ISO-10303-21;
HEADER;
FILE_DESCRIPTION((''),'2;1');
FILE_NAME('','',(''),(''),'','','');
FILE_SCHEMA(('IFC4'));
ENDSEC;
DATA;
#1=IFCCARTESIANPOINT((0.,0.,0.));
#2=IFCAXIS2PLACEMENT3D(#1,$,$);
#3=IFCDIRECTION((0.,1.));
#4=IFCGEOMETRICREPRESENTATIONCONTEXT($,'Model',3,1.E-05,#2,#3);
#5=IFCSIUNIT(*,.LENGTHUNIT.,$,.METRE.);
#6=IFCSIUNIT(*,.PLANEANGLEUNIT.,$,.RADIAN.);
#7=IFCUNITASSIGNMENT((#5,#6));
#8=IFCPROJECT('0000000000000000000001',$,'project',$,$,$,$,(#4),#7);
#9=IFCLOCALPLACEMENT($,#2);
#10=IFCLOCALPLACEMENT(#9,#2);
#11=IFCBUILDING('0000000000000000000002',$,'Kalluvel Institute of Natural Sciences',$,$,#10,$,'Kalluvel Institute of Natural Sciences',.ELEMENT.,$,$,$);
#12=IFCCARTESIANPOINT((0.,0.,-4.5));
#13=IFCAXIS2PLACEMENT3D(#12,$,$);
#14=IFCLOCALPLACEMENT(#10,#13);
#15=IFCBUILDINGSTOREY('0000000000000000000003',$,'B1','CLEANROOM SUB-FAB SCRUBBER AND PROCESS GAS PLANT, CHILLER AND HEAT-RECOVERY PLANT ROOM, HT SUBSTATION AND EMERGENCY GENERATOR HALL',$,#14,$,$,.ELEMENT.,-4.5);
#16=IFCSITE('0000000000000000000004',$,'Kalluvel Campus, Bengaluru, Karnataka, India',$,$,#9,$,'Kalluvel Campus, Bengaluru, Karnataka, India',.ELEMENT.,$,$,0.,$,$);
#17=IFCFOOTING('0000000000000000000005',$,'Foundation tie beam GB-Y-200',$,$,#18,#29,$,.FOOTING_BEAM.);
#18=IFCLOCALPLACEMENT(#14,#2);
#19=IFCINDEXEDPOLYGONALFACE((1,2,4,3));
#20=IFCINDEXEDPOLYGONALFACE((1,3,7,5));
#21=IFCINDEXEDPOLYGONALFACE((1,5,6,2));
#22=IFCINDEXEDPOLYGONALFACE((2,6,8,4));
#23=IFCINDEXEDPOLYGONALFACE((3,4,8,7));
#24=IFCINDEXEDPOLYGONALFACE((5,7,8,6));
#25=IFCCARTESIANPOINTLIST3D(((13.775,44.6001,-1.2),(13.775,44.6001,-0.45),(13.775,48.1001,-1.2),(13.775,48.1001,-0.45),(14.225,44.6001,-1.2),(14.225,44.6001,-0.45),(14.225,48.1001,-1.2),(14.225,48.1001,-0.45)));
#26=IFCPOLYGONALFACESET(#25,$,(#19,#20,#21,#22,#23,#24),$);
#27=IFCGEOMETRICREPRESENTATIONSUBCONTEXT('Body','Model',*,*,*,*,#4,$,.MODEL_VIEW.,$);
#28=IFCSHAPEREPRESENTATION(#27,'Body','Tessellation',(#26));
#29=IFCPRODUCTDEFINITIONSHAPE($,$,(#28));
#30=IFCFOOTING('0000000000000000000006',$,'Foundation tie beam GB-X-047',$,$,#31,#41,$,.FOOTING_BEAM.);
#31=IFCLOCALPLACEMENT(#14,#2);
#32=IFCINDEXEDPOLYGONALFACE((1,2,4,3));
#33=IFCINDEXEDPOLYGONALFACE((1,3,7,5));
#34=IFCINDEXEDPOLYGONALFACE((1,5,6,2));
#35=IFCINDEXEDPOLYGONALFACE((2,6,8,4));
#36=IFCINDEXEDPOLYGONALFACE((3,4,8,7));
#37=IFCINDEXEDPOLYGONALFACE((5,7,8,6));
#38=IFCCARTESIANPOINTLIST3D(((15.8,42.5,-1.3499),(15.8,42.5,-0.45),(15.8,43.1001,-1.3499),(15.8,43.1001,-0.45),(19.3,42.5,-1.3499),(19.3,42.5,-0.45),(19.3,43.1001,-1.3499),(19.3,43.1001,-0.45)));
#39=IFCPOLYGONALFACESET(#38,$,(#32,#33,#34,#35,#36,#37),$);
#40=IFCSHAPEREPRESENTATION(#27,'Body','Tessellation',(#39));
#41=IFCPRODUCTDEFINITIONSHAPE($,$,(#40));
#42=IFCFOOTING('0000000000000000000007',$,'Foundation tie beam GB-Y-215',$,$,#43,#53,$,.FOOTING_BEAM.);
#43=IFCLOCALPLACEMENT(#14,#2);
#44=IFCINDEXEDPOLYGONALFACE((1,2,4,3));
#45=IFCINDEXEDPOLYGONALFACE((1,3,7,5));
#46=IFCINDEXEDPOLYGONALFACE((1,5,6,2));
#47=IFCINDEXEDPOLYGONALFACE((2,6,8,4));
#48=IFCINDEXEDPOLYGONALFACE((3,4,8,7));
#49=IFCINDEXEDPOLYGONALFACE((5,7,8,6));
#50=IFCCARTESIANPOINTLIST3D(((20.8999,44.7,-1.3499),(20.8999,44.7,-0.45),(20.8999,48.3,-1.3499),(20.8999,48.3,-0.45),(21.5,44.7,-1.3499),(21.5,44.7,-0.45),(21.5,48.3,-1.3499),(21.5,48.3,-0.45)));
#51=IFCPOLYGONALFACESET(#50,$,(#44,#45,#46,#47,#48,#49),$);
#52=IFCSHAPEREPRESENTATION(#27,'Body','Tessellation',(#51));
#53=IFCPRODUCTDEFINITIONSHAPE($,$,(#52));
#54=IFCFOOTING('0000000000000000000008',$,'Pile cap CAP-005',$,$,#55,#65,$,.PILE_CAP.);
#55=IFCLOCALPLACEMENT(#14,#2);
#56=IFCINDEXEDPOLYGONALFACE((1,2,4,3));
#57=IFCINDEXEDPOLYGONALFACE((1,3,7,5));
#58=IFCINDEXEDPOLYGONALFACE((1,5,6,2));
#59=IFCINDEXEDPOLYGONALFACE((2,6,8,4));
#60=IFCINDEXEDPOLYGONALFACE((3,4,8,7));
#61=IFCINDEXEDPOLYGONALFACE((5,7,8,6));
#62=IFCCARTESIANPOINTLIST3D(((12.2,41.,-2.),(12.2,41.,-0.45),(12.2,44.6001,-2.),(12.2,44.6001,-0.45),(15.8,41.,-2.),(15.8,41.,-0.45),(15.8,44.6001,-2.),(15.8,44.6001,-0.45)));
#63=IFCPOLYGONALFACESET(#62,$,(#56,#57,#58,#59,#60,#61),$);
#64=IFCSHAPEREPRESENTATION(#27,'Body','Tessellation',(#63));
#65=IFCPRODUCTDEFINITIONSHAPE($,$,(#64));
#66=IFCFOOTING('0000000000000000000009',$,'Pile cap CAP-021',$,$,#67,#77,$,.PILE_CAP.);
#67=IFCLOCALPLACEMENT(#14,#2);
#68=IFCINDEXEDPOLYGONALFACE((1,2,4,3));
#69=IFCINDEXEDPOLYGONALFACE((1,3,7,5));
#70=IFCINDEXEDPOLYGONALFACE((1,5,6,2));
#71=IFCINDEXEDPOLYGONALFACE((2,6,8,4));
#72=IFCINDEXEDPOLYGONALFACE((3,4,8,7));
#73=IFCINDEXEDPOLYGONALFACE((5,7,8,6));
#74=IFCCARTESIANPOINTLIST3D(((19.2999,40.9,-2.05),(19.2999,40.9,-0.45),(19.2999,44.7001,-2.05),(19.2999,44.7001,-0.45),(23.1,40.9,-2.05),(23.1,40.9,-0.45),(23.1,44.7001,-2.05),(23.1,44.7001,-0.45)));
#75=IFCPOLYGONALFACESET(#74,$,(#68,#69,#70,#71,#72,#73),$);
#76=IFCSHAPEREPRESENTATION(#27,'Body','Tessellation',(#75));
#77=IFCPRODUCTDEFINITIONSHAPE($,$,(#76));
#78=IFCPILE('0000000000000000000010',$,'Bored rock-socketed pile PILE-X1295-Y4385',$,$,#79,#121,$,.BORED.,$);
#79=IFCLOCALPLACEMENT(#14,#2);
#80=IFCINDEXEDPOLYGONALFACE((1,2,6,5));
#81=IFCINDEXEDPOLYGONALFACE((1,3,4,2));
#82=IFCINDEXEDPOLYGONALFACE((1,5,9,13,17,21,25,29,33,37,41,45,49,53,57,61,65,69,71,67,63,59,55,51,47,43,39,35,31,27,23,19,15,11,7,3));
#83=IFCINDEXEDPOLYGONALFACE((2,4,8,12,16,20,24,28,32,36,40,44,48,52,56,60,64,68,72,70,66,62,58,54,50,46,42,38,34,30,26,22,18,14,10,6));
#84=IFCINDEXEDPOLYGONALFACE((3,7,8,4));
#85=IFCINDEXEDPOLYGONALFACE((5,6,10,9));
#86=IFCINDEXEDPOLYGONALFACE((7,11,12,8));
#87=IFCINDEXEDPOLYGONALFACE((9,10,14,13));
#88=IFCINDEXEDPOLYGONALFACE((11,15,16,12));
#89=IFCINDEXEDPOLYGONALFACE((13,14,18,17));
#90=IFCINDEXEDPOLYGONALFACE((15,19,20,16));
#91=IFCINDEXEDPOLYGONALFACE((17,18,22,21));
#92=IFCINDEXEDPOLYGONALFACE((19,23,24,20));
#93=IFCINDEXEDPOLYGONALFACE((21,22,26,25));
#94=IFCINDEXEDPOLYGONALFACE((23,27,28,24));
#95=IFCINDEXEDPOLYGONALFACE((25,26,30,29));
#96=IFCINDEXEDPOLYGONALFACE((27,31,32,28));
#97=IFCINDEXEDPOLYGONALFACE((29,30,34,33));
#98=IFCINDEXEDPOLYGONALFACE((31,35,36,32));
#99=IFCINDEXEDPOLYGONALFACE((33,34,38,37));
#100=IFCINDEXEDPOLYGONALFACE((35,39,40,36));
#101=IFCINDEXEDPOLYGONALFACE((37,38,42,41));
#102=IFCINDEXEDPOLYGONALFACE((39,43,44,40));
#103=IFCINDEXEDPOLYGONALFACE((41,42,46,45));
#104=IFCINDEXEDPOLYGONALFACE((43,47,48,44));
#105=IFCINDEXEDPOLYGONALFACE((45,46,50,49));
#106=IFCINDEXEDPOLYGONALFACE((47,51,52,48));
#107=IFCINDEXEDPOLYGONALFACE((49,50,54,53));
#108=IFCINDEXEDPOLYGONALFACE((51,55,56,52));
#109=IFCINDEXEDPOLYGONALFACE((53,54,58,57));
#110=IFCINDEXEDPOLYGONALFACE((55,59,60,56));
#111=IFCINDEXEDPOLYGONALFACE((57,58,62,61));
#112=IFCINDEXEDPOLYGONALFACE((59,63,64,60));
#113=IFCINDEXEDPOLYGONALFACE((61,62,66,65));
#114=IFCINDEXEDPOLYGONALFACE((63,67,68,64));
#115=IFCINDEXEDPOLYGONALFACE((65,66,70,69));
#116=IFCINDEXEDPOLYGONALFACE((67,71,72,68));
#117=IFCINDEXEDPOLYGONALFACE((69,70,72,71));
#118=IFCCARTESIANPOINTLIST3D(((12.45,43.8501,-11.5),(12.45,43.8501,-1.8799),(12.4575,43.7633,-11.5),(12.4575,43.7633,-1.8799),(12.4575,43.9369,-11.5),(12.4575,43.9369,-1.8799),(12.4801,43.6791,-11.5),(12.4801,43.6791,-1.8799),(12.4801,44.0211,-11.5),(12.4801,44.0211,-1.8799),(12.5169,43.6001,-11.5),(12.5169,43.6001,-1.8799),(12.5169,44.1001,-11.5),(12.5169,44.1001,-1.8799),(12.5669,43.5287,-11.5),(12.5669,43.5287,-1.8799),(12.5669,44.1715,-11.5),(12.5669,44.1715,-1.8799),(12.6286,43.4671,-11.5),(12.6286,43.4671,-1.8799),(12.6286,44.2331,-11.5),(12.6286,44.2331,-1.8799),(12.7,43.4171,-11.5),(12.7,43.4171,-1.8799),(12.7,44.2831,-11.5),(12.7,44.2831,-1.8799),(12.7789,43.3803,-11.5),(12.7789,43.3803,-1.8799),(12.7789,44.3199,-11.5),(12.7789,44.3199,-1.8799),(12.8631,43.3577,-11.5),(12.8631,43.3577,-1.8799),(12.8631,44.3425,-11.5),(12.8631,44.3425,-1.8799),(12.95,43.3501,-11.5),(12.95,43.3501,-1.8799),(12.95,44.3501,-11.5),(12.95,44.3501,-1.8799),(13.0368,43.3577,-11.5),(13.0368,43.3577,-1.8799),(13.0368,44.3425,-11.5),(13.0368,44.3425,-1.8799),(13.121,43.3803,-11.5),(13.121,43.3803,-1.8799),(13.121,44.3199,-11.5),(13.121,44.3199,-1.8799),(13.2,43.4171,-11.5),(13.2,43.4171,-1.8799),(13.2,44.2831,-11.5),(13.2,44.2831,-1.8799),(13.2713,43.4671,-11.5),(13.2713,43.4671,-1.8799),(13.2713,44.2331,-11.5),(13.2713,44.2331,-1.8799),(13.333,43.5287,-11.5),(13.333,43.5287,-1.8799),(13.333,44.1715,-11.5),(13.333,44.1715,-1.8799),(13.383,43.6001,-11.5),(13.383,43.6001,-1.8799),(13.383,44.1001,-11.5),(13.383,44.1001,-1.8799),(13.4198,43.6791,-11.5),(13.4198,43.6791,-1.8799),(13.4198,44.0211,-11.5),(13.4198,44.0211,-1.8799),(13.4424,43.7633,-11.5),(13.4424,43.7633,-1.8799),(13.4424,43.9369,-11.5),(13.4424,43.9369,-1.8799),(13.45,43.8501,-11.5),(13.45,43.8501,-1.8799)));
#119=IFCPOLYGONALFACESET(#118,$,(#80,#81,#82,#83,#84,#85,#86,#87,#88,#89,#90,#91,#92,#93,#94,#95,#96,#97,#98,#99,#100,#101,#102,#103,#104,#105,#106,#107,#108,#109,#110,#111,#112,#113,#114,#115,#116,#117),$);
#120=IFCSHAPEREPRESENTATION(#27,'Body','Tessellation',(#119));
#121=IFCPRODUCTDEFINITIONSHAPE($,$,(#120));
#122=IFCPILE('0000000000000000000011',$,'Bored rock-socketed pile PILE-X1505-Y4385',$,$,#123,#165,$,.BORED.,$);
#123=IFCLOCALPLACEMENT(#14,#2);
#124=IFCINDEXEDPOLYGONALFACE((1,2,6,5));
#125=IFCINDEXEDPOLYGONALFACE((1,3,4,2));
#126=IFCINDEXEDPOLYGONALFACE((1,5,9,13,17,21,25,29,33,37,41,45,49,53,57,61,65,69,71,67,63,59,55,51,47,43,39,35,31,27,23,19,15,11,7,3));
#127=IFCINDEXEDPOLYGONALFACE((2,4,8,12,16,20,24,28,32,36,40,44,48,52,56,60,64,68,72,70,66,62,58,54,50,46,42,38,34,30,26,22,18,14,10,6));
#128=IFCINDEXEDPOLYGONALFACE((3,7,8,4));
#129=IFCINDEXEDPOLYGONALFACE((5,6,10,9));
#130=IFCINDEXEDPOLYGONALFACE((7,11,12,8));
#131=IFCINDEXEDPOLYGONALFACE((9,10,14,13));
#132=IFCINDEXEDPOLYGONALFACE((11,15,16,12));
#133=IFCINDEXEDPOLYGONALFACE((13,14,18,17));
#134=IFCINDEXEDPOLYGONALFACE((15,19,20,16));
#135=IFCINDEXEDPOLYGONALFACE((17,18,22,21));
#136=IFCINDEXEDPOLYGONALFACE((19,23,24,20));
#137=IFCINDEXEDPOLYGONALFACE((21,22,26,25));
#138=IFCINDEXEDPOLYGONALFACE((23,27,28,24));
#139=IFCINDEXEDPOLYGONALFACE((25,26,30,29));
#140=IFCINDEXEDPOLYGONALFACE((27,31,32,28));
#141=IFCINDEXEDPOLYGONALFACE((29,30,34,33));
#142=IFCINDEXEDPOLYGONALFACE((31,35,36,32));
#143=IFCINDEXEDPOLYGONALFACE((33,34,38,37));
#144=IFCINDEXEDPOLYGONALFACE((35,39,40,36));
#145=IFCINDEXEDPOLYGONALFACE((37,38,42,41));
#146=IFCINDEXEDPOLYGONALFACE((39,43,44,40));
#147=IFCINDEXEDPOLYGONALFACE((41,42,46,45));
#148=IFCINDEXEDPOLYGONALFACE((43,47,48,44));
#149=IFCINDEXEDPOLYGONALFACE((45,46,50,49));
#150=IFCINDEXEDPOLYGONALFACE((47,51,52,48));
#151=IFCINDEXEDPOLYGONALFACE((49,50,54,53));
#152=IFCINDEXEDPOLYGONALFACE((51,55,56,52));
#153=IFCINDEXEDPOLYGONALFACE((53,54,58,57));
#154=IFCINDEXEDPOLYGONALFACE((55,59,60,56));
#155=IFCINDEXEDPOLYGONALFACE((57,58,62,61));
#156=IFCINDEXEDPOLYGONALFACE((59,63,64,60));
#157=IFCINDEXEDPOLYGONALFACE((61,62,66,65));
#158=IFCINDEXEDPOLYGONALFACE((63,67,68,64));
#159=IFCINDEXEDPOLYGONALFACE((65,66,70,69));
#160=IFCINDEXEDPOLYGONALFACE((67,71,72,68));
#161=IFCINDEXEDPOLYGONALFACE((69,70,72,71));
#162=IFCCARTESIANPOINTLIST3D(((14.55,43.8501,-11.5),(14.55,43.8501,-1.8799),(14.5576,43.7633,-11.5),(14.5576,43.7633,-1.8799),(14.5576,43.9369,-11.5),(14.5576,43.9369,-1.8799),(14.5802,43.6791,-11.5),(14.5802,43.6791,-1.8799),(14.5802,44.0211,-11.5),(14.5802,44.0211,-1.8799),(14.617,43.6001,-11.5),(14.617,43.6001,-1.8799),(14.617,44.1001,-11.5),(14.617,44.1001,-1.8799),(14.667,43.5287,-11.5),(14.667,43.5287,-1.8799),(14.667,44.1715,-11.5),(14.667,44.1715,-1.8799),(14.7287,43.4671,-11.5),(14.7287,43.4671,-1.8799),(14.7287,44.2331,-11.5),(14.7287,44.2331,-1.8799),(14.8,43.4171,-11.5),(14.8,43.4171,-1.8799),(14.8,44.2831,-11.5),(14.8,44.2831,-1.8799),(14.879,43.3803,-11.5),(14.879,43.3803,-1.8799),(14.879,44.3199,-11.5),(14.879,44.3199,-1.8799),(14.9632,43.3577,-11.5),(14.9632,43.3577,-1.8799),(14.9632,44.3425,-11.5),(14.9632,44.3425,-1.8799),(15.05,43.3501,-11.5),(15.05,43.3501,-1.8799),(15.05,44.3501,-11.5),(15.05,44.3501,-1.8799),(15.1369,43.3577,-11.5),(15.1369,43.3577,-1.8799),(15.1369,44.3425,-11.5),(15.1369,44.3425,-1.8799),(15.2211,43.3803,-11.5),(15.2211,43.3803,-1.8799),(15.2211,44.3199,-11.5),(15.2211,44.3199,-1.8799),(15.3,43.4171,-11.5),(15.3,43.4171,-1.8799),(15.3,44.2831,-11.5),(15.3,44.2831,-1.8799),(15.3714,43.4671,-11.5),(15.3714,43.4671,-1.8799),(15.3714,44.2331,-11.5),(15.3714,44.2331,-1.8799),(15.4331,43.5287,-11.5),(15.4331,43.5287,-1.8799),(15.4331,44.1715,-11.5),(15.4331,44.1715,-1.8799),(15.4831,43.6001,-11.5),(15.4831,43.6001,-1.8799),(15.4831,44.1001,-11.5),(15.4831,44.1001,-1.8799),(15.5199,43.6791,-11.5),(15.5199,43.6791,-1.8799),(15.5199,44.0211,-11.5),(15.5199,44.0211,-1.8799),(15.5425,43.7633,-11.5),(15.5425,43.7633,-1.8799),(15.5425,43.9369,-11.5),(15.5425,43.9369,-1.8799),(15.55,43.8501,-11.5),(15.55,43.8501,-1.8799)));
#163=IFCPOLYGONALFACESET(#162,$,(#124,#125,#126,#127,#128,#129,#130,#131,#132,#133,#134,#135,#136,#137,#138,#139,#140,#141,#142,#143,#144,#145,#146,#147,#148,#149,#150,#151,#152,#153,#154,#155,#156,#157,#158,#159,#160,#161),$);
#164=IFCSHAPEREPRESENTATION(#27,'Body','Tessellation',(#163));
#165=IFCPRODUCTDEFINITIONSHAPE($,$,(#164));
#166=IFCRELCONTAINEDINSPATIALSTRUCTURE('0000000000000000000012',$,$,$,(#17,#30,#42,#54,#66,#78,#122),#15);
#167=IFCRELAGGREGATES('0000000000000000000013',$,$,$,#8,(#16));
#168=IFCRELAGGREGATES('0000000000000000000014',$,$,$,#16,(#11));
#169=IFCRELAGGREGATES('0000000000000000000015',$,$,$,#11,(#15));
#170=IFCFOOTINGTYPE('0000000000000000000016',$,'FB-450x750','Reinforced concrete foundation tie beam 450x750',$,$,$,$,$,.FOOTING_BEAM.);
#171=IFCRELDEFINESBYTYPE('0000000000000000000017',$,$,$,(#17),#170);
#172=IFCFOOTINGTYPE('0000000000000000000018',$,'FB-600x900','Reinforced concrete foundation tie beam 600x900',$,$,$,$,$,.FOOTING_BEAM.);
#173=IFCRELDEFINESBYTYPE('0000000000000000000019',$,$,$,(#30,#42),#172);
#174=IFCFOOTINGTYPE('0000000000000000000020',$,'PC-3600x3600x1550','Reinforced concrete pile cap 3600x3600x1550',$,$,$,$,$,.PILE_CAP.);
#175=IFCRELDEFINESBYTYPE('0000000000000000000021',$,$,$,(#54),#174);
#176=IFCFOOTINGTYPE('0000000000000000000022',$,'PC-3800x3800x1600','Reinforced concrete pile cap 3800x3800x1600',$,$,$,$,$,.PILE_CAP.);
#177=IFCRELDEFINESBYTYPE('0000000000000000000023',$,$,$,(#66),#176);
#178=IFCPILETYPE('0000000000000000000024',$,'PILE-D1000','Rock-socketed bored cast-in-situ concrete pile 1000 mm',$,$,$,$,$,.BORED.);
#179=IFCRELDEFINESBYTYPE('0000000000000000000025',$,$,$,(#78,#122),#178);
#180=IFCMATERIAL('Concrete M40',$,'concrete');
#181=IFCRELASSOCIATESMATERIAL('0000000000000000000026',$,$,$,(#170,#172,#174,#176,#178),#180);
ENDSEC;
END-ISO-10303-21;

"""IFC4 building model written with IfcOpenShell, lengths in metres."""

from ifc_helpers import new_model, si_unit, direction, frame, origin, origin_2d, place, context, subcontext, project, spatial, rectangle, circle, extrude, material, material_profile, profile_set, type_object, element, save


model = new_model("IFC4")

# Units and contexts
model_context = context("Model", 3, precision=1e-05, world=origin(), true_north=direction((0.0, 1.0)))
body_context = subcontext(model_context, "Body", "Model", "MODEL_VIEW")
ifc_project = project(units=[si_unit("LENGTHUNIT", "METRE"), si_unit("PLANEANGLEUNIT", "RADIAN")], contexts=[model_context])

# Site, building, storey
site_placement = place(None, origin())
site = spatial("IfcSite", under=ifc_project, at=site_placement, Name="Kalluvel Campus, Bengaluru, Karnataka, India", LongName="Kalluvel Campus, Bengaluru, Karnataka, India", CompositionType="ELEMENT", RefElevation=0.0)
building_placement = place(site_placement, origin())
building = spatial("IfcBuilding", under=site, at=building_placement, Name="Kalluvel Institute of Natural Sciences", LongName="Kalluvel Institute of Natural Sciences", CompositionType="ELEMENT")
storey_placement = place(building_placement, frame((0.0, 0.0, -4.5)))
storey = spatial("IfcBuildingStorey", under=building, at=storey_placement, Name="B1", Description="CLEANROOM SUB-FAB SCRUBBER AND PROCESS GAS PLANT, CHILLER AND HEAT-RECOVERY PLANT ROOM, HT SUBSTATION AND EMERGENCY GENERATOR HALL", CompositionType="ELEMENT", Elevation=-4.5)

# Footings
ifc_material_1 = material(Name="Concrete M40", Category="concrete")
footing_type_1 = type_object("IfcFootingType", Name="FB-450x750", Description="Reinforced concrete foundation tie beam 450x750", PredefinedType="FOOTING_BEAM", material=ifc_material_1)
footing_1_placement = place(storey_placement, frame((14.0, 46.3501, -1.2), z_axis=(0.0, 0.0, 1.0), x_axis=(1.0, 0.0, 0.0)))
element("IfcFooting", 1, at=footing_1_placement, inside=storey, type_object=footing_type_1, Name="Foundation tie beam GB-Y-200", PredefinedType="FOOTING_BEAM", context=body_context, shape_type="SweptSolid", body=[
    extrude(rectangle(XDim=0.45, YDim=3.5, at=origin_2d()), origin(), (0.0, 0.0, 1.0), 0.75),
])
footing_type_2 = type_object("IfcFootingType", Name="FB-600x900", Description="Reinforced concrete foundation tie beam 600x900", PredefinedType="FOOTING_BEAM", material=ifc_material_1)
footing_2_placement = place(storey_placement, frame((17.55, 42.8, -1.3499), z_axis=(0.0, 0.0, 1.0), x_axis=(1.0, 0.0, 0.0)))
element("IfcFooting", 2, at=footing_2_placement, inside=storey, type_object=footing_type_2, Name="Foundation tie beam GB-X-047", PredefinedType="FOOTING_BEAM", context=body_context, shape_type="SweptSolid", body=[
    extrude(rectangle(XDim=3.5, YDim=0.6001, at=origin_2d()), origin(), (0.0, 0.0, 1.0), 0.8999),
])
footing_3_placement = place(storey_placement, frame((21.2, 46.5, -1.3499), z_axis=(0.0, 0.0, 1.0), x_axis=(1.0, 0.0, 0.0)))
element("IfcFooting", 3, at=footing_3_placement, inside=storey, type_object=footing_type_2, Name="Foundation tie beam GB-Y-215", PredefinedType="FOOTING_BEAM", context=body_context, shape_type="SweptSolid", body=[
    extrude(rectangle(XDim=0.6001, YDim=3.6001, at=origin_2d()), origin(), (0.0, 0.0, 1.0), 0.8999),
])
footing_type_3 = type_object("IfcFootingType", Name="PC-3600x3600x1550", Description="Reinforced concrete pile cap 3600x3600x1550", PredefinedType="PILE_CAP", material=ifc_material_1)
footing_4_placement = place(storey_placement, frame((14.0, 42.8, -2.0), z_axis=(0.0, 0.0, 1.0), x_axis=(1.0, 0.0, 0.0)))
element("IfcFooting", 4, at=footing_4_placement, inside=storey, type_object=footing_type_3, Name="Pile cap CAP-005", PredefinedType="PILE_CAP", context=body_context, shape_type="SweptSolid", body=[
    extrude(rectangle(XDim=3.6001, YDim=3.6001, at=origin_2d()), origin(), (0.0, 0.0, 1.0), 1.55),
])
footing_type_4 = type_object("IfcFootingType", Name="PC-3800x3800x1600", Description="Reinforced concrete pile cap 3800x3800x1600", PredefinedType="PILE_CAP", material=ifc_material_1)
footing_5_placement = place(storey_placement, frame((21.2, 42.8, -2.05), z_axis=(0.0, 0.0, 1.0), x_axis=(1.0, 0.0, 0.0)))
element("IfcFooting", 5, at=footing_5_placement, inside=storey, type_object=footing_type_4, Name="Pile cap CAP-021", PredefinedType="PILE_CAP", context=body_context, shape_type="SweptSolid", body=[
    extrude(rectangle(XDim=3.8, YDim=3.8, at=origin_2d()), origin(), (0.0, 0.0, 1.0), 1.6001),
])

# Piles
ifc_material_profile_1 = material_profile(ifc_material_1, circle(Radius=0.5, at=origin_2d()), Name="PILE D1000")
ifc_profile_set_1 = profile_set([ifc_material_profile_1], Name="Concrete M40")
pile_type_1 = type_object("IfcPileType", Name="PILE-D1000", Description="Rock-socketed bored cast-in-situ concrete pile 1000 mm", PredefinedType="BORED", material=ifc_profile_set_1)
for number, where, z_axis, x_axis, name in (
    (6, (12.95, 43.8501, -1.8799), (0.0, 0.0, -1.0), (1.0, 0.0, 0.0), "Bored rock-socketed pile PILE-X1295-Y4385"),
    (7, (15.05, 43.8501, -1.8799), (0.0, 0.0, -1.0), (1.0, 0.0, 0.0), "Bored rock-socketed pile PILE-X1505-Y4385"),
):
    element("IfcPile", number, at=place(storey_placement, frame(where, z_axis=z_axis, x_axis=x_axis)), inside=storey, type_object=pile_type_1, Name=name, PredefinedType="BORED", context=body_context, shape_type="SweptSolid", body=[
        extrude(circle(Radius=0.5, at=origin_2d()), origin(), (0.0, 0.0, 1.0), 9.6201),
    ])

save(model, "model.ifc")
